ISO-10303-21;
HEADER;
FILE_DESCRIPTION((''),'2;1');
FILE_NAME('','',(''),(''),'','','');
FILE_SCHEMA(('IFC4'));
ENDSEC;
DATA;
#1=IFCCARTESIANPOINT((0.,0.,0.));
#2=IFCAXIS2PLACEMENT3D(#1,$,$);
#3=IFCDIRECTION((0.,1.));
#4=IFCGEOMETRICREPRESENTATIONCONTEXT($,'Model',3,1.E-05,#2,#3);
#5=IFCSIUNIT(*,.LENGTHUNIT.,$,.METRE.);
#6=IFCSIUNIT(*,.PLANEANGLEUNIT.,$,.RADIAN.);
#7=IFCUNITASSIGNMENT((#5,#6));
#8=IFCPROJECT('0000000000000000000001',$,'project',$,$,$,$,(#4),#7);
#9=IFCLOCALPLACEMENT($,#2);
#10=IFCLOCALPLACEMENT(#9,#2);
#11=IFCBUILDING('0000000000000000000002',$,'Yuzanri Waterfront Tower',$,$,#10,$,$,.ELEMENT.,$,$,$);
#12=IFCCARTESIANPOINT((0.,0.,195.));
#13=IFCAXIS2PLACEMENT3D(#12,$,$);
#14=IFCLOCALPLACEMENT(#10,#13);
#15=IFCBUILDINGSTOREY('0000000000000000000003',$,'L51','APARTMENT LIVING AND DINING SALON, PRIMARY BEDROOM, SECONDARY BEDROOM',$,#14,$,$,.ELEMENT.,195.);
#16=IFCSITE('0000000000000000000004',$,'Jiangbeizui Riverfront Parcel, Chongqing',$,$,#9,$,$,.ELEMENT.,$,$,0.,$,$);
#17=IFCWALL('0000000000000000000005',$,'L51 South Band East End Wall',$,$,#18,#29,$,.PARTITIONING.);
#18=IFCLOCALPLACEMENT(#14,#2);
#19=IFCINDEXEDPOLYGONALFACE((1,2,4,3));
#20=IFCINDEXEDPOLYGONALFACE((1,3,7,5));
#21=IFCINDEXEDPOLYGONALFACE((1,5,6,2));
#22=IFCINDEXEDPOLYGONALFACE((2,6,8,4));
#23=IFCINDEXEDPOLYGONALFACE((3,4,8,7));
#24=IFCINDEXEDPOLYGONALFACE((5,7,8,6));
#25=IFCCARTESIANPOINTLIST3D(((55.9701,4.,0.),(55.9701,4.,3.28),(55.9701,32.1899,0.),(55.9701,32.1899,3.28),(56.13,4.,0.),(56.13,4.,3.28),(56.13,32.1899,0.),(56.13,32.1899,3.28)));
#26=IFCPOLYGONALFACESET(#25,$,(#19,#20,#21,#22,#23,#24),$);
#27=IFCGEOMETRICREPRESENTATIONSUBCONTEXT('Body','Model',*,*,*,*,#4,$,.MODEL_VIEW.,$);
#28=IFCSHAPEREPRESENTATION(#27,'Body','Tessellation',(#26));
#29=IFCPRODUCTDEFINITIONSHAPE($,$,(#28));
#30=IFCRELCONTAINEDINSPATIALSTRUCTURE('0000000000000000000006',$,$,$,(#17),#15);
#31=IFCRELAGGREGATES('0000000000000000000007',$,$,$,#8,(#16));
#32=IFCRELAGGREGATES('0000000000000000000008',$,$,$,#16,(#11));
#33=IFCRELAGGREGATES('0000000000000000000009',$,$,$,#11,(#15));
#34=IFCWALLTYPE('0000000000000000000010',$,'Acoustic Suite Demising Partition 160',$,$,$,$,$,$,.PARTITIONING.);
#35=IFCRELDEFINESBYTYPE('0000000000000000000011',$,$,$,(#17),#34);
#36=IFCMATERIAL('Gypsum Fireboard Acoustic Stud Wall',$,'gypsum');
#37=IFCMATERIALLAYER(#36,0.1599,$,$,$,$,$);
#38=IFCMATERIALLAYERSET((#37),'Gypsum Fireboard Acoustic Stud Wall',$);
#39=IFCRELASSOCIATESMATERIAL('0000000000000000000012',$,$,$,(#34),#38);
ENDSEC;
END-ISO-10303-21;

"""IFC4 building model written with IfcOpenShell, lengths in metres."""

from ifc_helpers import new_model, si_unit, direction, frame, frame_2d, origin, place, context, subcontext, project, spatial, rectangle, extrude, source, transform, mapped, material, layer, layer_set, type_object, element, save


model = new_model("IFC4")

# Units and contexts
model_context = context("Model", 3, precision=1e-05, world=origin(), true_north=direction((0.0, 1.0)))
body_context = subcontext(model_context, "Body", "Model", "MODEL_VIEW")
ifc_project = project(units=[si_unit("LENGTHUNIT", "METRE"), si_unit("PLANEANGLEUNIT", "RADIAN")], contexts=[model_context])

# Site, building, storey
site_placement = place(None, origin())
site = spatial("IfcSite", under=ifc_project, at=site_placement, Name="Jiangbeizui Riverfront Parcel, Chongqing", CompositionType="ELEMENT", RefElevation=0.0)
building_placement = place(site_placement, origin())
building = spatial("IfcBuilding", under=site, at=building_placement, Name="Yuzanri Waterfront Tower", CompositionType="ELEMENT")
storey_placement = place(building_placement, frame((0.0, 0.0, 195.0)))
storey = spatial("IfcBuildingStorey", under=building, at=storey_placement, Name="L51", Description="APARTMENT LIVING AND DINING SALON, PRIMARY BEDROOM, SECONDARY BEDROOM", CompositionType="ELEMENT", Elevation=195.0)

# Wall
ifc_material_1 = material(Name="Gypsum Fireboard Acoustic Stud Wall", Category="gypsum")
ifc_layer_1 = layer(ifc_material_1, 0.1599)
ifc_layer_set_1 = layer_set([ifc_layer_1], Name="Gypsum Fireboard Acoustic Stud Wall")
wall_type_1 = type_object("IfcWallType", Name="Acoustic Suite Demising Partition 160", PredefinedType="PARTITIONING", material=ifc_layer_set_1)
shared_shape_1 = source(origin(), body_context, "Body", "SweptSolid", [
    extrude(rectangle(XDim=28.1899, YDim=0.1599, at=frame_2d((14.095, 0.0))), origin(), (0.0, 0.0, 1.0), 3.28),
])
wall_1_placement = place(storey_placement, frame((56.05, 4.0, 0.0), z_axis=(0.0, 0.0, 1.0), x_axis=(0.0, 1.0, 0.0)))
element("IfcWall", 1, at=wall_1_placement, inside=storey, type_object=wall_type_1, Name="L51 South Band East End Wall", PredefinedType="PARTITIONING", context=body_context, shape_type="MappedRepresentation", body=[
    mapped(shared_shape_1, transform((0.0, 0.0, 0.0), scale=1.0)),
])

save(model, "model.ifc")
